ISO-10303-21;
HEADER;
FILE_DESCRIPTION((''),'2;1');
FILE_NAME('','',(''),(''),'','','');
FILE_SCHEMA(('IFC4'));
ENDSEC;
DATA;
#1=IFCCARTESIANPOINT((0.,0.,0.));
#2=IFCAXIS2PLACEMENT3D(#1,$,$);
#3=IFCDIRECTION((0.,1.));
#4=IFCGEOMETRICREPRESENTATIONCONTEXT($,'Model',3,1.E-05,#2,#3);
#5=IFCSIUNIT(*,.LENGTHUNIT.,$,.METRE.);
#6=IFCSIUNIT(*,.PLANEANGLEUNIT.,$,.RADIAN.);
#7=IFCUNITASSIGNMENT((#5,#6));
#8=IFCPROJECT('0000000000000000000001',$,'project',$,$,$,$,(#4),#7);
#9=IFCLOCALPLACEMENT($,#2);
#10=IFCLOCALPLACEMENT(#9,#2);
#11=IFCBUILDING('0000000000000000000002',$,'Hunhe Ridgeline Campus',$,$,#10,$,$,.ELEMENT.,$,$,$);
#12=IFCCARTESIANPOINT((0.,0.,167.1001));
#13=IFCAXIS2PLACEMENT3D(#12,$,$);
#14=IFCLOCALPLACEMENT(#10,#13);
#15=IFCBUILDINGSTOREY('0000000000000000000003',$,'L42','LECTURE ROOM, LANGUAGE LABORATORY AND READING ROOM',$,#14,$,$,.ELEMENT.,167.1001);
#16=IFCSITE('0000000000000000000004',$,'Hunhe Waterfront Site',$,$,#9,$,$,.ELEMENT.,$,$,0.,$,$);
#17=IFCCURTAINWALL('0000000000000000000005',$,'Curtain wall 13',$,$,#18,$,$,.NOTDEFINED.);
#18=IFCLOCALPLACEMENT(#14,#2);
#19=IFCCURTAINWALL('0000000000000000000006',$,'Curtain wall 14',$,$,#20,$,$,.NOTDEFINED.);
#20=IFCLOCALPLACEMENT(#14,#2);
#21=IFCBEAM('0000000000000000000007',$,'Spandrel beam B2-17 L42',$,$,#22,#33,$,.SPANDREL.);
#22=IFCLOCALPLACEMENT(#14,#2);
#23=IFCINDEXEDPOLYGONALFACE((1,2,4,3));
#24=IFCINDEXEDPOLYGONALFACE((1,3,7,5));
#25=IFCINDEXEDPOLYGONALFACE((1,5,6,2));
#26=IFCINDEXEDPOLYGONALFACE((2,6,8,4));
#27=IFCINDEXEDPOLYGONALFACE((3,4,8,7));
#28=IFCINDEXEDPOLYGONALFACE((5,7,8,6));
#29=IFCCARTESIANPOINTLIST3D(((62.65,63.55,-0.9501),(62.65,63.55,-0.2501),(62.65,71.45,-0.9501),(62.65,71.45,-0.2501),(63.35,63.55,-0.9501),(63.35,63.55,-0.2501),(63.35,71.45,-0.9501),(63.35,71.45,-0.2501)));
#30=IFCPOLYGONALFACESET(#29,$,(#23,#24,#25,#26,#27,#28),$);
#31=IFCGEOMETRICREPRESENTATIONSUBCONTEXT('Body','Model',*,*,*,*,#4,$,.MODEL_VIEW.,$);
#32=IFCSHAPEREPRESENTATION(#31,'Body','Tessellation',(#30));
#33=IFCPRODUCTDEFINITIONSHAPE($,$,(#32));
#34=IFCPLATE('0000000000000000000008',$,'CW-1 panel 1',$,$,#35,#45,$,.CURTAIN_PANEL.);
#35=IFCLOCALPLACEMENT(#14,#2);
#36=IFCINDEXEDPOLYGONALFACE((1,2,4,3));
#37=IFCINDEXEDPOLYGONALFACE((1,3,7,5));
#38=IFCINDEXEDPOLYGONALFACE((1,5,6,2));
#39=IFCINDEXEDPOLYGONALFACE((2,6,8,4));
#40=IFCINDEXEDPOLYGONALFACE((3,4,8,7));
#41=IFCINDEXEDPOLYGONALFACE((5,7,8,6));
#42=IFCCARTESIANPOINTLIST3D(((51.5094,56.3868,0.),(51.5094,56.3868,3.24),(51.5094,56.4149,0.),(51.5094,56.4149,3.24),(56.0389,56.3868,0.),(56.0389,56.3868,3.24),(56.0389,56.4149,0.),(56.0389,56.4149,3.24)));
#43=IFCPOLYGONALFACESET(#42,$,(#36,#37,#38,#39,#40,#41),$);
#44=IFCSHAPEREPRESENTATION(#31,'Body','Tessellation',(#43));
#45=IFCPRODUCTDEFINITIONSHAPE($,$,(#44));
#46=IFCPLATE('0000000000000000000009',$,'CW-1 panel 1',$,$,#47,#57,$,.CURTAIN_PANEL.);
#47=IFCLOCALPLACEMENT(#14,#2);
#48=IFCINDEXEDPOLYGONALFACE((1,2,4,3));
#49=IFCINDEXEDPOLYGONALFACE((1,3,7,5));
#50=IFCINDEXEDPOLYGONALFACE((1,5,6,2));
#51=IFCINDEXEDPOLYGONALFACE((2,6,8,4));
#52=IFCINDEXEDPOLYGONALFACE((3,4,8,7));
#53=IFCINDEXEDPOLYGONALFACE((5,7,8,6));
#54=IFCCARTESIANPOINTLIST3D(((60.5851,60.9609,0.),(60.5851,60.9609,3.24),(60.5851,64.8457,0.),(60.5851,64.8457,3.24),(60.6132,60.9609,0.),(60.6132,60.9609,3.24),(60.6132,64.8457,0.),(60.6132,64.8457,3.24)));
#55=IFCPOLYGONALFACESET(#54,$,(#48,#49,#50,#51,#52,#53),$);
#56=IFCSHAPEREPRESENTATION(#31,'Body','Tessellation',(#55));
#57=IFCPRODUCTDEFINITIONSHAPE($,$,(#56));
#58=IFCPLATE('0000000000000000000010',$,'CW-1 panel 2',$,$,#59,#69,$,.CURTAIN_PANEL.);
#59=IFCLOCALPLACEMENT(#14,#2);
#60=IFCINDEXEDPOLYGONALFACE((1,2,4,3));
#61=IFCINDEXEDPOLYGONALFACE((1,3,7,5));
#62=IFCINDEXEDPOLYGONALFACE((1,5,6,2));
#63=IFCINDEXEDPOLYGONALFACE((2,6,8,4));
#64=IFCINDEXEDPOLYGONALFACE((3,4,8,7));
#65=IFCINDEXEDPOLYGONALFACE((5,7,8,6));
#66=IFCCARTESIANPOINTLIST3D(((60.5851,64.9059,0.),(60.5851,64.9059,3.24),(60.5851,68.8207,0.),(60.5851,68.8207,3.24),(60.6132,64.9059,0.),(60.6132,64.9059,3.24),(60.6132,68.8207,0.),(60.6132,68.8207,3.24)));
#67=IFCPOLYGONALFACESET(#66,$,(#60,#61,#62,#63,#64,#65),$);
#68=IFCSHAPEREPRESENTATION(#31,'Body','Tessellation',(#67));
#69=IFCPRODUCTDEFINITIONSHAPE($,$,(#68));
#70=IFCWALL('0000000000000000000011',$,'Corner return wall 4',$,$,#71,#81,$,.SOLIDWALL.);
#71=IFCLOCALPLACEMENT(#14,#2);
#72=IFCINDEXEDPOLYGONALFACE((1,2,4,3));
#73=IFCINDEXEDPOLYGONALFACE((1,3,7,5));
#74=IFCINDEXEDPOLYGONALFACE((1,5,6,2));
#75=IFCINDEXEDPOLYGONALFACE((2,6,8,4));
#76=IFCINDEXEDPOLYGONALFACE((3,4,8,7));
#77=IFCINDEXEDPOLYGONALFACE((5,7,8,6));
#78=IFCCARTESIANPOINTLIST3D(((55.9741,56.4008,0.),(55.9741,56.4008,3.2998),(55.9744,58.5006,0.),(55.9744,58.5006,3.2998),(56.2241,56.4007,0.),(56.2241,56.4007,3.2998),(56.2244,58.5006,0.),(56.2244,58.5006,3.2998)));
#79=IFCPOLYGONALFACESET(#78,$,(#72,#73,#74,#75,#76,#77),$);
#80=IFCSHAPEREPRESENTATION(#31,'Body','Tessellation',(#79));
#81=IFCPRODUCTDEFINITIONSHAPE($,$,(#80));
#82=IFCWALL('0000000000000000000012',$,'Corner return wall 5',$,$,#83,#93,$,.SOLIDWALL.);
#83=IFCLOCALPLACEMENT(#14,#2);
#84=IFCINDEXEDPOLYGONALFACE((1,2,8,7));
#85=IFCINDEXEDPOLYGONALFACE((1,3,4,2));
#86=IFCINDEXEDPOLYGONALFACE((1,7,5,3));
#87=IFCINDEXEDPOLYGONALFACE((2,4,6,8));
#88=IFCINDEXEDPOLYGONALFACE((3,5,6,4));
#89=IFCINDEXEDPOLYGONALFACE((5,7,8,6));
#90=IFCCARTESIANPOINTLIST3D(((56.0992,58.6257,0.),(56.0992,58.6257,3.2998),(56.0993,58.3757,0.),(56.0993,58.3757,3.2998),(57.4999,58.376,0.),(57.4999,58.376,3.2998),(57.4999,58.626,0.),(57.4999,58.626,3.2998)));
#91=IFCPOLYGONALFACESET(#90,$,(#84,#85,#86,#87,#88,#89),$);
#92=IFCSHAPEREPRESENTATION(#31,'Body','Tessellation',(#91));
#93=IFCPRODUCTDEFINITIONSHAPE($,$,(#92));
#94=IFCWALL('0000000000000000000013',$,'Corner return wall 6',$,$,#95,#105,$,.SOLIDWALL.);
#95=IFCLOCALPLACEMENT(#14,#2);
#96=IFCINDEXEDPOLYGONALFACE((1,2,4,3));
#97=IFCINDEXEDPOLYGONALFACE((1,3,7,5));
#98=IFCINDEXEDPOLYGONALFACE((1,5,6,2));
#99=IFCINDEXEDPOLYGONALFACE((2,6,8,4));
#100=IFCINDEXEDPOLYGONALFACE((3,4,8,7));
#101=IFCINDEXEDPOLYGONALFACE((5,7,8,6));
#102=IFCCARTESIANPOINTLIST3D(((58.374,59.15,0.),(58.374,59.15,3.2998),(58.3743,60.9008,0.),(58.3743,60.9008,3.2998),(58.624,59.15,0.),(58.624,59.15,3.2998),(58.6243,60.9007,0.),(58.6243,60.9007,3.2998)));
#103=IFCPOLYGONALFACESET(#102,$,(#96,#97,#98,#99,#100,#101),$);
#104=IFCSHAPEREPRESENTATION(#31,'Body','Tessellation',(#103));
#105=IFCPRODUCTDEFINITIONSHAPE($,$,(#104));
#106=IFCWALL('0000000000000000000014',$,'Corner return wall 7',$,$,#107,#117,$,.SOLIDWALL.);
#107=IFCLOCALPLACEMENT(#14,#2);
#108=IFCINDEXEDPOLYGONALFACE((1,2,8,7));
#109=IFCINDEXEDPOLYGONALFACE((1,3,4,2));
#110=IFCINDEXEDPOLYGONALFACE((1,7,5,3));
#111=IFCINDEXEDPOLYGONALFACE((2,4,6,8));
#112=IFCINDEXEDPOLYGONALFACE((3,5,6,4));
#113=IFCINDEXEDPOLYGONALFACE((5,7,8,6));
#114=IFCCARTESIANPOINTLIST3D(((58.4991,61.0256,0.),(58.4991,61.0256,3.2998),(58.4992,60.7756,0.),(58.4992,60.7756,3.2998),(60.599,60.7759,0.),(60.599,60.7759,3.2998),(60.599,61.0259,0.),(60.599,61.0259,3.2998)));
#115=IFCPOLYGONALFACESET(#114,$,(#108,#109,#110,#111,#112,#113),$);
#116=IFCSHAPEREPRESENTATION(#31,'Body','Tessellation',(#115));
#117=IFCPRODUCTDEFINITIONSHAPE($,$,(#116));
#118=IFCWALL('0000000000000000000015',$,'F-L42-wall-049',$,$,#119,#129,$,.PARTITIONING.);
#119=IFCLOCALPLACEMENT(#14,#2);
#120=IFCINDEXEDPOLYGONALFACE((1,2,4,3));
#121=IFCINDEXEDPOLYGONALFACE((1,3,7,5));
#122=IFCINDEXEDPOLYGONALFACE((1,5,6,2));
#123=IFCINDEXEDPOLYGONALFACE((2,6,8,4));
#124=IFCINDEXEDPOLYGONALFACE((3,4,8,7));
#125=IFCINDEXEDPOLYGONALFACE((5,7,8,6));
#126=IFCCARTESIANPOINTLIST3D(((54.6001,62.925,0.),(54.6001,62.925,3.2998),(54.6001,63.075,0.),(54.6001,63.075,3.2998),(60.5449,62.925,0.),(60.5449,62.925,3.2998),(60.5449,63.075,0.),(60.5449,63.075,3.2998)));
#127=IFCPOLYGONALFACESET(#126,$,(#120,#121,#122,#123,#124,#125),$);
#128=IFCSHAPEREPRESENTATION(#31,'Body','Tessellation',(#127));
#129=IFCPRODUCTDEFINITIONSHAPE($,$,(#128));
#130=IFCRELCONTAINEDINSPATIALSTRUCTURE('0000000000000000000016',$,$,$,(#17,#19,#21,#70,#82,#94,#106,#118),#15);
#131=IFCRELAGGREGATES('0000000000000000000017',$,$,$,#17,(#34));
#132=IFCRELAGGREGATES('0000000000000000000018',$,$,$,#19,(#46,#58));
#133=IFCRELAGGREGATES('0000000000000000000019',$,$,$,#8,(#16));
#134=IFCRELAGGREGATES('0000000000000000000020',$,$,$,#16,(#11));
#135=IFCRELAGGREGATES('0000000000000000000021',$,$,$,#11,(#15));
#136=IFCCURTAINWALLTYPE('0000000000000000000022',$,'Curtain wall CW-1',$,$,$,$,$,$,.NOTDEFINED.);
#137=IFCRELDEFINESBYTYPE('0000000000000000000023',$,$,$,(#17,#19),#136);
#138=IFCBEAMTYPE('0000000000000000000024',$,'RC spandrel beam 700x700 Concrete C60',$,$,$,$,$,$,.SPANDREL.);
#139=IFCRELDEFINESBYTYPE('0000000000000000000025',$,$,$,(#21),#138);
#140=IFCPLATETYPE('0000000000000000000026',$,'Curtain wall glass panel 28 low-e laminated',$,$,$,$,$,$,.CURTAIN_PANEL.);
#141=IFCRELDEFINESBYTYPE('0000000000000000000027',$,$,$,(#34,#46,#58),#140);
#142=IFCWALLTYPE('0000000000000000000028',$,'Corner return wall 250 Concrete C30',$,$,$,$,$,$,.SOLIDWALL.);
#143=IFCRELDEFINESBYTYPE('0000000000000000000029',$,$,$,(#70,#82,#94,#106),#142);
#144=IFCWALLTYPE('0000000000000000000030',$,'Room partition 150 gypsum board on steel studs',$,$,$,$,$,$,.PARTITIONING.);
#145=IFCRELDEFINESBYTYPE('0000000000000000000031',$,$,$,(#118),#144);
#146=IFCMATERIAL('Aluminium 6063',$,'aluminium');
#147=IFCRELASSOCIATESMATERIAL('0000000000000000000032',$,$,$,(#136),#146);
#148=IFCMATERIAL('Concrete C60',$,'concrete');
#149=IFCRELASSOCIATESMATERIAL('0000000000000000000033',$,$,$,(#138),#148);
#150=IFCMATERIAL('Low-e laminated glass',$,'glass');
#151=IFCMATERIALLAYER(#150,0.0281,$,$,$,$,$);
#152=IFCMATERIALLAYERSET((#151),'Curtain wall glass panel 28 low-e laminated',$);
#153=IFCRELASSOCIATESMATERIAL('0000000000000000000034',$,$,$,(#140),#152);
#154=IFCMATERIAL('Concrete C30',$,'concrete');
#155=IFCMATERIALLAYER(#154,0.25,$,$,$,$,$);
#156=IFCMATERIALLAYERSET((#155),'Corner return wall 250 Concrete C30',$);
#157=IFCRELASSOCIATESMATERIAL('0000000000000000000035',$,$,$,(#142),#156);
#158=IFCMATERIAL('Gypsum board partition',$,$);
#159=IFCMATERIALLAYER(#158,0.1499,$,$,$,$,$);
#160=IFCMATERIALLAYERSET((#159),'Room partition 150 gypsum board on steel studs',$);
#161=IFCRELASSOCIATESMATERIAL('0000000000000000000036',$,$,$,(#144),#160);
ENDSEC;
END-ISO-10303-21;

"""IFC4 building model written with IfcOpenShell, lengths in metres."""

from ifc_helpers import new_model, si_unit, direction, frame, frame_2d, origin, origin_2d, place, context, subcontext, project, spatial, rectangle, extrude, material, layer, layer_set, material_profile, profile_set, type_object, element, aggregate, save


model = new_model("IFC4")

# Units and contexts
model_context = context("Model", 3, precision=1e-05, world=origin(), true_north=direction((0.0, 1.0)))
body_context = subcontext(model_context, "Body", "Model", "MODEL_VIEW")
ifc_project = project(units=[si_unit("LENGTHUNIT", "METRE"), si_unit("PLANEANGLEUNIT", "RADIAN")], contexts=[model_context])

# Site, building, storey
site_placement = place(None, origin())
site = spatial("IfcSite", under=ifc_project, at=site_placement, Name="Hunhe Waterfront Site", CompositionType="ELEMENT", RefElevation=0.0)
building_placement = place(site_placement, origin())
building = spatial("IfcBuilding", under=site, at=building_placement, Name="Hunhe Ridgeline Campus", CompositionType="ELEMENT")
storey_placement = place(building_placement, frame((0.0, 0.0, 167.1001)))
storey = spatial("IfcBuildingStorey", under=building, at=storey_placement, Name="L42", Description="LECTURE ROOM, LANGUAGE LABORATORY AND READING ROOM", CompositionType="ELEMENT", Elevation=167.1001)

# Curtain wall
ifc_material_1 = material(Name="Aluminium 6063", Category="aluminium")
curtain_wall_type = type_object("IfcCurtainWallType", Name="Curtain wall CW-1", PredefinedType="NOTDEFINED", material=ifc_material_1)
curtain_wall_1_placement = place(storey_placement, origin())
curtain_wall_1 = element("IfcCurtainWall", 1, at=curtain_wall_1_placement, inside=storey, type_object=curtain_wall_type, Name="Curtain wall 13", PredefinedType="NOTDEFINED")

# Curtain wall
curtain_wall_2_placement = place(storey_placement, origin())
curtain_wall_2 = element("IfcCurtainWall", 2, at=curtain_wall_2_placement, inside=storey, type_object=curtain_wall_type, Name="Curtain wall 14", PredefinedType="NOTDEFINED")

# Beam
ifc_material_2 = material(Name="Concrete C60", Category="concrete")
ifc_material_profile_1 = material_profile(ifc_material_2, rectangle(XDim=0.7, YDim=0.7, at=origin_2d()))
ifc_profile_set_1 = profile_set([ifc_material_profile_1], Name="Concrete C60")
beam_type = type_object("IfcBeamType", Name="RC spandrel beam 700x700 Concrete C60", PredefinedType="SPANDREL", material=ifc_profile_set_1)
beam_1_placement = place(storey_placement, frame((63.0, 63.55, -0.6001), z_axis=(0.0, 1.0, 0.0), x_axis=(-1.0, 0.0, 0.0)))
element("IfcBeam", 3, at=beam_1_placement, inside=storey, type_object=beam_type, Name="Spandrel beam B2-17 L42", PredefinedType="SPANDREL", context=body_context, shape_type="SweptSolid", body=[
    extrude(rectangle(XDim=0.7, YDim=0.7, at=origin_2d()), origin(), (0.0, 0.0, 1.0), 7.8999),
])

# Plates
ifc_material_3 = material(Name="Low-e laminated glass", Category="glass")
ifc_layer_1 = layer(ifc_material_3, 0.0281)
ifc_layer_set_1 = layer_set([ifc_layer_1], Name="Curtain wall glass panel 28 low-e laminated")
plate_type = type_object("IfcPlateType", Name="Curtain wall glass panel 28 low-e laminated", PredefinedType="CURTAIN_PANEL", material=ifc_layer_set_1)
plate_1_placement = place(storey_placement, frame((53.7742, 56.4009, 0.0), z_axis=(0.0, 0.0, 1.0), x_axis=(1.0, 0.000002, 0.0)))
plate_1 = element("IfcPlate", 4, at=plate_1_placement, type_object=plate_type, Name="CW-1 panel 1", PredefinedType="CURTAIN_PANEL", context=body_context, shape_type="SweptSolid", body=[
    extrude(rectangle(XDim=4.5295, YDim=0.0281, at=origin_2d()), origin(), (0.0, 0.0, 1.0), 3.24),
])
aggregate(curtain_wall_1, [plate_1])
plate_2_placement = place(storey_placement, frame((60.5991, 62.9033, 0.0), z_axis=(0.0, 0.0, 1.0), x_axis=(0.0, 1.0, 0.0)))
plate_2 = element("IfcPlate", 5, at=plate_2_placement, type_object=plate_type, Name="CW-1 panel 1", PredefinedType="CURTAIN_PANEL", context=body_context, shape_type="SweptSolid", body=[
    extrude(rectangle(XDim=3.8848, YDim=0.0281, at=origin_2d()), origin(), (0.0, 0.0, 1.0), 3.24),
])
plate_3_placement = place(storey_placement, frame((60.5991, 66.8633, 0.0), z_axis=(0.0, 0.0, 1.0), x_axis=(0.0, 1.0, 0.0)))
plate_3 = element("IfcPlate", 6, at=plate_3_placement, type_object=plate_type, Name="CW-1 panel 2", PredefinedType="CURTAIN_PANEL", context=body_context, shape_type="SweptSolid", body=[
    extrude(rectangle(XDim=3.9148, YDim=0.0281, at=origin_2d()), origin(), (0.0, 0.0, 1.0), 3.24),
])
aggregate(curtain_wall_2, [plate_2, plate_3])

# Walls
ifc_material_4 = material(Name="Concrete C30", Category="concrete")
ifc_layer_2 = layer(ifc_material_4, 0.25)
ifc_layer_set_2 = layer_set([ifc_layer_2], Name="Corner return wall 250 Concrete C30")
wall_type_1 = type_object("IfcWallType", Name="Corner return wall 250 Concrete C30", PredefinedType="SOLIDWALL", material=ifc_layer_set_2)
wall_1_placement = place(storey_placement, frame((56.0991, 56.4009, 0.0), z_axis=(0.0, 0.0, 1.0), x_axis=(0.000116, 1.0, 0.0)))
element("IfcWall", 7, at=wall_1_placement, inside=storey, type_object=wall_type_1, Name="Corner return wall 4", PredefinedType="SOLIDWALL", context=body_context, shape_type="SweptSolid", body=[
    extrude(rectangle(XDim=2.0999, YDim=0.25, at=frame_2d((1.0498, 0.0))), origin(), (0.0, 0.0, 1.0), 3.2998),
])
wall_2_placement = place(storey_placement, frame((56.0994, 58.5007, 0.0), z_axis=(0.0, 0.0, 1.0), x_axis=(1.0, 0.000174, 0.0)))
element("IfcWall", 8, at=wall_2_placement, inside=storey, type_object=wall_type_1, Name="Corner return wall 5", PredefinedType="SOLIDWALL", context=body_context, shape_type="SweptSolid", body=[
    extrude(rectangle(XDim=1.4006, YDim=0.25, at=frame_2d((0.7002, 0.0))), origin(), (0.0, 0.0, 1.0), 3.2998),
])
wall_3_placement = place(storey_placement, frame((58.499, 59.1499, 0.0), z_axis=(0.0, 0.0, 1.0), x_axis=(0.000139, 1.0, 0.0)))
element("IfcWall", 9, at=wall_3_placement, inside=storey, type_object=wall_type_1, Name="Corner return wall 6", PredefinedType="SOLIDWALL", context=body_context, shape_type="SweptSolid", body=[
    extrude(rectangle(XDim=1.7507, YDim=0.25, at=frame_2d((0.8755, 0.0))), origin(), (0.0, 0.0, 1.0), 3.2998),
])
wall_4_placement = place(storey_placement, frame((58.4993, 60.9006, 0.0), z_axis=(0.0, 0.0, 1.0), x_axis=(1.0, 0.000116, 0.0)))
element("IfcWall", 10, at=wall_4_placement, inside=storey, type_object=wall_type_1, Name="Corner return wall 7", PredefinedType="SOLIDWALL", context=body_context, shape_type="SweptSolid", body=[
    extrude(rectangle(XDim=2.0999, YDim=0.25, at=frame_2d((1.0498, 0.0))), origin(), (0.0, 0.0, 1.0), 3.2998),
])
ifc_material_5 = material(Name="Gypsum board partition")
ifc_layer_3 = layer(ifc_material_5, 0.1499)
ifc_layer_set_3 = layer_set([ifc_layer_3], Name="Room partition 150 gypsum board on steel studs")
wall_type_2 = type_object("IfcWallType", Name="Room partition 150 gypsum board on steel studs", PredefinedType="PARTITIONING", material=ifc_layer_set_3)
wall_5_placement = place(storey_placement, frame((54.6001, 63.0, 0.0), z_axis=(0.0, 0.0, 1.0), x_axis=(1.0, 0.0, 0.0)))
element("IfcWall", 11, at=wall_5_placement, inside=storey, type_object=wall_type_2, Name="F-L42-wall-049", PredefinedType="PARTITIONING", context=body_context, shape_type="SweptSolid", body=[
    extrude(rectangle(XDim=5.9448, YDim=0.1499, at=frame_2d((2.9724, 0.0))), origin(), (0.0, 0.0, 1.0), 3.2998),
])

save(model, "model.ifc")
